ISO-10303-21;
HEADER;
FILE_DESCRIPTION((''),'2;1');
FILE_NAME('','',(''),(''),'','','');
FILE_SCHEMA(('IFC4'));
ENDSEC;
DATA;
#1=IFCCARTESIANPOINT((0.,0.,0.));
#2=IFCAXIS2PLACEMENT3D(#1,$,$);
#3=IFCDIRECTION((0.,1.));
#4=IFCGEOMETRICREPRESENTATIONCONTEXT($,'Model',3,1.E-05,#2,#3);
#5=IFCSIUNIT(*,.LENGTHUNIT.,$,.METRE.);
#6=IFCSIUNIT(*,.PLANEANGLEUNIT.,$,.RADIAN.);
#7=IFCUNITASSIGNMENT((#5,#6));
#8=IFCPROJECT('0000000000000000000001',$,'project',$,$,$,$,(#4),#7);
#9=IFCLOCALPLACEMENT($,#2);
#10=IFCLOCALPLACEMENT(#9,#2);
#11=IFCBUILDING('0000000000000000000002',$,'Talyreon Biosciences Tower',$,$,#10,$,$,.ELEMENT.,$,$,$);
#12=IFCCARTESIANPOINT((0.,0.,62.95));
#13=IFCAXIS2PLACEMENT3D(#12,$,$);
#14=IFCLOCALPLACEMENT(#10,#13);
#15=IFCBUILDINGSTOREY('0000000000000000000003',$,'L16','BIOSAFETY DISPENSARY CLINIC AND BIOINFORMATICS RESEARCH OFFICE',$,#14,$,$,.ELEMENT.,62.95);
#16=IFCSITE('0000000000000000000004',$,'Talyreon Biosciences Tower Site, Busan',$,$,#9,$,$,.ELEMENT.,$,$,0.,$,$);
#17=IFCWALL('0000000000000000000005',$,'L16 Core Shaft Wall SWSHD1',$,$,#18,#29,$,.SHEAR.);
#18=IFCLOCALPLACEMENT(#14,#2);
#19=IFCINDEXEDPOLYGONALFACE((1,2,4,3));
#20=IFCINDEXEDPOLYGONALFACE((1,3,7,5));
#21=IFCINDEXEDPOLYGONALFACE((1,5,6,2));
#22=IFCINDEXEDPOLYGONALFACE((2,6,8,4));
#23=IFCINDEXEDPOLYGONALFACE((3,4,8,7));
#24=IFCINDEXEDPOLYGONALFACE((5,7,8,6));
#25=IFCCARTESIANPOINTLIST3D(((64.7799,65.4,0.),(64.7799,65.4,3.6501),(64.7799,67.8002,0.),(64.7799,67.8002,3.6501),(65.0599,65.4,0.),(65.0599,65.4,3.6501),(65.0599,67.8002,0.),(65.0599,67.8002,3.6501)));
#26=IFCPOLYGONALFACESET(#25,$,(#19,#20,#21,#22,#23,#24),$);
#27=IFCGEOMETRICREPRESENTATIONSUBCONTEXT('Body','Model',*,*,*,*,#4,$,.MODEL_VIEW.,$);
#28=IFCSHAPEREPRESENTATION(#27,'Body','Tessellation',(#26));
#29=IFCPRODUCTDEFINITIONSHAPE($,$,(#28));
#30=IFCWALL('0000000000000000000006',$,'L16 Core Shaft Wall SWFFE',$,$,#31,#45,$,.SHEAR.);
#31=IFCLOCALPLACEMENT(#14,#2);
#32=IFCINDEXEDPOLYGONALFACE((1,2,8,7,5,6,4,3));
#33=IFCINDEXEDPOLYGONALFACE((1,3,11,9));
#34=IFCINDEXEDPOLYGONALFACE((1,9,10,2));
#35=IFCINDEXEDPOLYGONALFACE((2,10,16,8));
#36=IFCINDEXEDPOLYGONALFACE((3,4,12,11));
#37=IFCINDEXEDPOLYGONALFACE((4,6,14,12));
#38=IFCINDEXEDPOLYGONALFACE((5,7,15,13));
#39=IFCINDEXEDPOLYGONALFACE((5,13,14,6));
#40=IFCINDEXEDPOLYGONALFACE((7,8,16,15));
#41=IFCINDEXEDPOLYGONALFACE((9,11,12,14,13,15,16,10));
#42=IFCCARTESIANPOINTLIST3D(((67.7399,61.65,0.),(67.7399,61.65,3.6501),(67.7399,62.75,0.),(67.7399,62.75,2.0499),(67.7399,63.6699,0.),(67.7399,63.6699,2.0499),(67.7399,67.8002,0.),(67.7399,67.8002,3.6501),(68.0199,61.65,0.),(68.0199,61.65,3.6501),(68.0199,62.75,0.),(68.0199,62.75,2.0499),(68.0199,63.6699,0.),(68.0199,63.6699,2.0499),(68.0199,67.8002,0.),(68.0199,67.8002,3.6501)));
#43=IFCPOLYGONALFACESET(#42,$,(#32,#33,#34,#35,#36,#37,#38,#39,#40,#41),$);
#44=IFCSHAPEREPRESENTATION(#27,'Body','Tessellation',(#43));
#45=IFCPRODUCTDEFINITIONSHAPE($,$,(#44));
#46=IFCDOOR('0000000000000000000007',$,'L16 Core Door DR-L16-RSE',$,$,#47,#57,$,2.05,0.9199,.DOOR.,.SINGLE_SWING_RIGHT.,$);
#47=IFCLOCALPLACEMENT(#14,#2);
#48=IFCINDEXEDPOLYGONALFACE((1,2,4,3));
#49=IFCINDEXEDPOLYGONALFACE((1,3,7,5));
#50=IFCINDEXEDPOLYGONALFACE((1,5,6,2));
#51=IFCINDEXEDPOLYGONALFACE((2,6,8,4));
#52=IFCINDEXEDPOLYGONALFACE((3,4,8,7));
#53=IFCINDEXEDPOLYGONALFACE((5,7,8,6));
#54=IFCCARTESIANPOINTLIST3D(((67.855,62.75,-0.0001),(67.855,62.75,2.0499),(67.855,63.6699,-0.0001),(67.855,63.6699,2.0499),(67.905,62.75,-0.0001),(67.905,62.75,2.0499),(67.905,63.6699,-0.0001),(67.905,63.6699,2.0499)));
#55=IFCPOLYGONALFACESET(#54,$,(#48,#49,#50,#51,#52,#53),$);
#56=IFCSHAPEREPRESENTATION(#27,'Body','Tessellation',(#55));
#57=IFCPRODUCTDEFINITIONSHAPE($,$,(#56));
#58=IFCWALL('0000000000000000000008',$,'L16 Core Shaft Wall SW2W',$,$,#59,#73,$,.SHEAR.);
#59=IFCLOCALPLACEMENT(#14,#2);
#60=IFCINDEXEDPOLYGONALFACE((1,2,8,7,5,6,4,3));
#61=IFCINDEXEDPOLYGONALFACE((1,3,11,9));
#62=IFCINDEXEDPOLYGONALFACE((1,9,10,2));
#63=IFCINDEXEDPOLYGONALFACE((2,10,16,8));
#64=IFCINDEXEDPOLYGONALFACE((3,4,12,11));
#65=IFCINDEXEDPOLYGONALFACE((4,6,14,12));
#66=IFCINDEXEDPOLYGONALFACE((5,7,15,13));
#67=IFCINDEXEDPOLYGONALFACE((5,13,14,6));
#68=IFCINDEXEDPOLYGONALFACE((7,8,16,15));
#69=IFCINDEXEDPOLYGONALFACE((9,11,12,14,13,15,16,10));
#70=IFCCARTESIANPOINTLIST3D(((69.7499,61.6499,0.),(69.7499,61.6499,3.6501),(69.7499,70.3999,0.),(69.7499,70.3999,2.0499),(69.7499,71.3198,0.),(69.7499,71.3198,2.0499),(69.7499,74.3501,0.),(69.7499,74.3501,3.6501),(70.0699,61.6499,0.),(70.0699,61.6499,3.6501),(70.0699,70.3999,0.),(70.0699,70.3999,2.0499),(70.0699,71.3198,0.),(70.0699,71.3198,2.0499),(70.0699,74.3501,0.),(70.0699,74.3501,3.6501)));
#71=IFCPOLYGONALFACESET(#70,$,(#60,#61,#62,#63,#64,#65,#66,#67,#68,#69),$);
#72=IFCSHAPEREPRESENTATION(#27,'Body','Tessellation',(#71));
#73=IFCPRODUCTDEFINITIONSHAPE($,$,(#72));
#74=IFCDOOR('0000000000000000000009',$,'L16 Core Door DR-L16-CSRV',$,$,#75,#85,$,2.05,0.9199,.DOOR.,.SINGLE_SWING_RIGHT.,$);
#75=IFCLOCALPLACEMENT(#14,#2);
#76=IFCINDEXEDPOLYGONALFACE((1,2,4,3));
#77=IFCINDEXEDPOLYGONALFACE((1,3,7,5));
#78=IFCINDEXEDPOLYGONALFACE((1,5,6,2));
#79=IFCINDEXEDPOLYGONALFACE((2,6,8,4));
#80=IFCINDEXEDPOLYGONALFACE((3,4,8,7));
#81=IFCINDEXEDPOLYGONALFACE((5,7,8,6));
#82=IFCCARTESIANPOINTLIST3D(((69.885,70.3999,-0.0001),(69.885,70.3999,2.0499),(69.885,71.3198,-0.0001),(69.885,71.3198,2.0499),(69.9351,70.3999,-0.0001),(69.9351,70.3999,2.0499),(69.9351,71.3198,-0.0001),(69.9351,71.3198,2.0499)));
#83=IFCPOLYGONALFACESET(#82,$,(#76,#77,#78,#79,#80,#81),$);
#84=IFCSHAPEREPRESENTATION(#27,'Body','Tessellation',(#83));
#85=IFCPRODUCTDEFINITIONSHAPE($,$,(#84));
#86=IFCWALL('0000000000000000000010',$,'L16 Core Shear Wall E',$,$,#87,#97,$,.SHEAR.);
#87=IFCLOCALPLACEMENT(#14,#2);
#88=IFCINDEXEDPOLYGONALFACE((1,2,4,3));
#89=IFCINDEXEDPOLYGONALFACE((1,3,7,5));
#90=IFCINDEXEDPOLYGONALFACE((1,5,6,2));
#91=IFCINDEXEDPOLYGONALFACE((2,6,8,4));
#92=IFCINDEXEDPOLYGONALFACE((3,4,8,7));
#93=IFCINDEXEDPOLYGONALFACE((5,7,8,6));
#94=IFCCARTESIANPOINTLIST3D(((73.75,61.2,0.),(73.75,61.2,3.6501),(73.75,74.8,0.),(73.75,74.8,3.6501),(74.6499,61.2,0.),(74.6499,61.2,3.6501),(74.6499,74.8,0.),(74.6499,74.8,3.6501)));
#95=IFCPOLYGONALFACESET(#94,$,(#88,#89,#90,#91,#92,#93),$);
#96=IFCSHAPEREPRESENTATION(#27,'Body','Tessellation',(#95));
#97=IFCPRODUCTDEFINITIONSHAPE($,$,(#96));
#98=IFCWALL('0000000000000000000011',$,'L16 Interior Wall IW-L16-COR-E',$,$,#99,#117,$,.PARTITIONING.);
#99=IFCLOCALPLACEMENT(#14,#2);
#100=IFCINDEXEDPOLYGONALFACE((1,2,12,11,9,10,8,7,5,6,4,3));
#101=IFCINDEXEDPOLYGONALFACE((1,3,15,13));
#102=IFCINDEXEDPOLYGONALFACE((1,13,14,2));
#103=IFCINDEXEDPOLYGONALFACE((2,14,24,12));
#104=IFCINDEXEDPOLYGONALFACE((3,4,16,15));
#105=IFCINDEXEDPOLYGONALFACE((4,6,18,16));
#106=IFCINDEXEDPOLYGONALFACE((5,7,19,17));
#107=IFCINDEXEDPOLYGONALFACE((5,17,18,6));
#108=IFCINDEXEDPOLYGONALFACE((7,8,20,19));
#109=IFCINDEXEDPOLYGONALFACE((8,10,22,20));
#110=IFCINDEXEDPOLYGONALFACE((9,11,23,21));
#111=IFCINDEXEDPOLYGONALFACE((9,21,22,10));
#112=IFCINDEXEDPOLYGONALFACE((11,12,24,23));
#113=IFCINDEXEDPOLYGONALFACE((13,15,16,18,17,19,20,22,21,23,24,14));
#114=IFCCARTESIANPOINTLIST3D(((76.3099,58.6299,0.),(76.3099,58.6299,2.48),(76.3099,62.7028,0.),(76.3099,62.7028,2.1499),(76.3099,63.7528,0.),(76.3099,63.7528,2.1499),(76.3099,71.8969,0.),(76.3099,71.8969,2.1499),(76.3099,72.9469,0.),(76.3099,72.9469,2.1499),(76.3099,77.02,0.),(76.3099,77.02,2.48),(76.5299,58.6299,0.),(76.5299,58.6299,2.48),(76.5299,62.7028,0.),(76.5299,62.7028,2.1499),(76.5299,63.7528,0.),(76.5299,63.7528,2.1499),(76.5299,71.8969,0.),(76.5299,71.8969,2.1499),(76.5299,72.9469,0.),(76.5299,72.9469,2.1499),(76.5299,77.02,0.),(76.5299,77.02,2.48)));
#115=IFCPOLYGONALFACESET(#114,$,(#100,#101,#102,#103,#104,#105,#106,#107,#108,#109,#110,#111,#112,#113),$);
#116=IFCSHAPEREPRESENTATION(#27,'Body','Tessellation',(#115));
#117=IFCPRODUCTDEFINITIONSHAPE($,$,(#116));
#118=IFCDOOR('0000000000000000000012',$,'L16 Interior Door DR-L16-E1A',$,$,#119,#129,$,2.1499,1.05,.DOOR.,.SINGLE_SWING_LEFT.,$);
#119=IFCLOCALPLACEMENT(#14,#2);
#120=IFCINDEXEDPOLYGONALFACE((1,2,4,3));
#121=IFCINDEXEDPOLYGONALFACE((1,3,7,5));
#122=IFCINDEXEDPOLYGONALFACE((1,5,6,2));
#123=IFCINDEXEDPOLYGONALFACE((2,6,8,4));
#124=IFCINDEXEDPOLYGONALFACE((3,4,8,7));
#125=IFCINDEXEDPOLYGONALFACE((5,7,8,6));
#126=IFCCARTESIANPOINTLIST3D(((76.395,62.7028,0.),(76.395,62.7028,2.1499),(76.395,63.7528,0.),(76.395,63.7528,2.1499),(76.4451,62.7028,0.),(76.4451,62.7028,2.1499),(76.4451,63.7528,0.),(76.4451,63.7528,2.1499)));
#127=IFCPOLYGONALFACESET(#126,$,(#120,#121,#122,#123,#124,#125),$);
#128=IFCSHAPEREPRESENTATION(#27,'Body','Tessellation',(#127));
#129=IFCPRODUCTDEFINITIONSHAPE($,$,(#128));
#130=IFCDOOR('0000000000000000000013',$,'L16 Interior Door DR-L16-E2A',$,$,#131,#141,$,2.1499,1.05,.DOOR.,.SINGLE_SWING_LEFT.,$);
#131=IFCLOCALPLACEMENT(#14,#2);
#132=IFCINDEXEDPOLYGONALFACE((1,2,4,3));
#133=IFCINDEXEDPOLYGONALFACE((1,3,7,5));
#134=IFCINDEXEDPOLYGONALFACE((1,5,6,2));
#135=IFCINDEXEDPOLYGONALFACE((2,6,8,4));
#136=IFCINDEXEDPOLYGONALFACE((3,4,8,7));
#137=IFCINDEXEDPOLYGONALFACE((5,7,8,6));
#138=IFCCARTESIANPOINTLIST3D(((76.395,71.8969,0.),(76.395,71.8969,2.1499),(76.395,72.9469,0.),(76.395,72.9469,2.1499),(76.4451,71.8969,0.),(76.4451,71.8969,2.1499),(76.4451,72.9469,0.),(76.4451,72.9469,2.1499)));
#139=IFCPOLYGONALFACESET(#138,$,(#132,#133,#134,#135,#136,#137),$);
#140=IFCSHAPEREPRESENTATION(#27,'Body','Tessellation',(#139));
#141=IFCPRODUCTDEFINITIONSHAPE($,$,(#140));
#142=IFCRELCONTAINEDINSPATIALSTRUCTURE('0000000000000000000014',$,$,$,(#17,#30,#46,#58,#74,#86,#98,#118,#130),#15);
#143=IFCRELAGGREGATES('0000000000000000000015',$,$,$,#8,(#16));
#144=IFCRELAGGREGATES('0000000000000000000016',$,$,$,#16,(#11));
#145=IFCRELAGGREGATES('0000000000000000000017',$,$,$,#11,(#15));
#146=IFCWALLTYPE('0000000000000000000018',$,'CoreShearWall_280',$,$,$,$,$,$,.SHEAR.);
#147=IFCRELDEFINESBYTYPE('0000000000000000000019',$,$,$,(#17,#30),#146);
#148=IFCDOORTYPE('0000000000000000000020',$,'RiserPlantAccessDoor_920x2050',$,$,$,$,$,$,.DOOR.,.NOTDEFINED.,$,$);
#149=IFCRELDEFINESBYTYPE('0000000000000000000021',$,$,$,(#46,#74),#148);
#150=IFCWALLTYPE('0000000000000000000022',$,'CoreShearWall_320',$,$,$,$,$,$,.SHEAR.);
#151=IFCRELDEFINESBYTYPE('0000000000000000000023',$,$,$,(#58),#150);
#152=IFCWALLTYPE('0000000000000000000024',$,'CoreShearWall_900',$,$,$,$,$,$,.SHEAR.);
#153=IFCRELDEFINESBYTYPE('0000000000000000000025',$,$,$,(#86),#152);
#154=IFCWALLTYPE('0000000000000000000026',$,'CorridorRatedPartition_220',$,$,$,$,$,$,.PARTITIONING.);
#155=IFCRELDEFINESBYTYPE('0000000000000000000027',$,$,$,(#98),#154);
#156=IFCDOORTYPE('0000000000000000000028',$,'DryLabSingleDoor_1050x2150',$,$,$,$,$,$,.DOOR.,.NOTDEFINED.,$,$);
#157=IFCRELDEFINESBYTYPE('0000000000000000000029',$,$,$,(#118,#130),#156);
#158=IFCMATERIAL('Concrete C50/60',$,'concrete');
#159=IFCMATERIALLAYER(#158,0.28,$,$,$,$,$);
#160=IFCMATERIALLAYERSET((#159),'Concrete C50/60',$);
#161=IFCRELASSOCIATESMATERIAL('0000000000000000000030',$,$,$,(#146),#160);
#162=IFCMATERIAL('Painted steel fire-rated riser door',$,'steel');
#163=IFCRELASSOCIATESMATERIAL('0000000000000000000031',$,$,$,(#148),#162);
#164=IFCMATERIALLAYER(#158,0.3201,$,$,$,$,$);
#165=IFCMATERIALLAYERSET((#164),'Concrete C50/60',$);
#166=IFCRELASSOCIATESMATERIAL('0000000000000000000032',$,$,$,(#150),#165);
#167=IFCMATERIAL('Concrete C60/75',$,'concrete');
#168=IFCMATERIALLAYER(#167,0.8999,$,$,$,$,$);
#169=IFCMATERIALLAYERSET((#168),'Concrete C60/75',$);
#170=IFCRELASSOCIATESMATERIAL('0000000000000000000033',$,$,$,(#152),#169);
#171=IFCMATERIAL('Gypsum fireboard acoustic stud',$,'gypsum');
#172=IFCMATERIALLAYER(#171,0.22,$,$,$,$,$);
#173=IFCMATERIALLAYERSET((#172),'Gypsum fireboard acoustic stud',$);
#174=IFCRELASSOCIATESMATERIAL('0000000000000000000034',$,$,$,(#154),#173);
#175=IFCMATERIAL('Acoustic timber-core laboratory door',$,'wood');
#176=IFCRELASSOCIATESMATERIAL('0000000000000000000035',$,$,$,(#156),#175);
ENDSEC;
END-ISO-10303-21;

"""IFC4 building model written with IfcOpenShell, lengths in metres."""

from ifc_helpers import new_model, si_unit, direction, frame, frame_2d, origin, place, context, subcontext, project, spatial, rectangle, extrude, material, layer, layer_set, type_object, element, fill, save


model = new_model("IFC4")

# Units and contexts
model_context = context("Model", 3, precision=1e-05, world=origin(), true_north=direction((0.0, 1.0)))
body_context = subcontext(model_context, "Body", "Model", "MODEL_VIEW")
ifc_project = project(units=[si_unit("LENGTHUNIT", "METRE"), si_unit("PLANEANGLEUNIT", "RADIAN")], contexts=[model_context])

# Site, building, storey
site_placement = place(None, origin())
site = spatial("IfcSite", under=ifc_project, at=site_placement, Name="Talyreon Biosciences Tower Site, Busan", CompositionType="ELEMENT", RefElevation=0.0)
building_placement = place(site_placement, origin())
building = spatial("IfcBuilding", under=site, at=building_placement, Name="Talyreon Biosciences Tower", CompositionType="ELEMENT")
storey_placement = place(building_placement, frame((0.0, 0.0, 62.95)))
storey = spatial("IfcBuildingStorey", under=building, at=storey_placement, Name="L16", Description="BIOSAFETY DISPENSARY CLINIC AND BIOINFORMATICS RESEARCH OFFICE", CompositionType="ELEMENT", Elevation=62.95)

# Shared definitions
ifc_material_1 = material(Name="Concrete C60/75", Category="concrete")

# Wall
ifc_material_2 = material(Name="Concrete C50/60", Category="concrete")
ifc_layer_1 = layer(ifc_material_2, 0.28)
ifc_layer_set_1 = layer_set([ifc_layer_1], Name="Concrete C50/60")
wall_type_1 = type_object("IfcWallType", Name="CoreShearWall_280", PredefinedType="SHEAR", material=ifc_layer_set_1)
wall_1_placement = place(storey_placement, frame((64.9199, 65.3999, 0.0), z_axis=(0.0, 0.0, 1.0), x_axis=(0.0, 1.0, 0.0)))
element("IfcWall", 1, at=wall_1_placement, inside=storey, type_object=wall_type_1, Name="L16 Core Shaft Wall SWSHD1", PredefinedType="SHEAR", context=body_context, shape_type="SweptSolid", body=[
    extrude(rectangle(XDim=2.4001, YDim=0.28, at=frame_2d((1.2002, 0.0))), origin(), (0.0, 0.0, 1.0), 3.6501),
])

# Walls, openings, doors
wall_2_placement = place(storey_placement, frame((67.8799, 61.6499, 0.0), z_axis=(0.0, 0.0, 1.0), x_axis=(0.0, 1.0, 0.0)))
wall_2 = element("IfcWall", 2, at=wall_2_placement, inside=storey, type_object=wall_type_1, Name="L16 Core Shaft Wall SWFFE", PredefinedType="SHEAR", context=body_context, shape_type="SweptSolid", body=[
    extrude(rectangle(XDim=6.1501, YDim=0.28, at=frame_2d((3.0752, 0.0))), origin(), (0.0, 0.0, 1.0), 3.6501),
])
opening_1_placement = place(wall_2_placement, frame((1.1001, 0.0, 0.0)))
opening_1 = element("IfcOpeningElement", 3, at=opening_1_placement, cuts=wall_2, PredefinedType="OPENING", context=body_context, shape_type="SweptSolid", body=[
    extrude(rectangle(XDim=0.9199, YDim=2.05, at=frame_2d((0.46, 1.0249))), frame((0.0, 0.1499, 0.0), z_axis=(0.0, -1.0, 0.0), x_axis=(1.0, 0.0, 0.0)), (0.0, 0.0, 1.0), 0.3),
])
ifc_material_3 = material(Name="Painted steel fire-rated riser door", Category="steel")
door_type_1 = type_object("IfcDoorType", Name="RiserPlantAccessDoor_920x2050", OperationType="NOTDEFINED", PredefinedType="DOOR", material=ifc_material_3)
door_1_placement = place(opening_1_placement, origin())
door_1 = element("IfcDoor", 4, at=door_1_placement, inside=storey, type_object=door_type_1, Name="L16 Core Door DR-L16-RSE", OperationType="SINGLE_SWING_RIGHT", OverallHeight=2.05, OverallWidth=0.9199, PredefinedType="DOOR", context=body_context, shape_type="SweptSolid", body=[
    extrude(rectangle(XDim=0.9199, YDim=2.05, at=frame_2d((0.46, 1.0249))), frame((0.0, 0.0249, 0.0), z_axis=(0.0, -1.0, 0.0), x_axis=(1.0, 0.0, 0.0)), (0.0, 0.0, 1.0), 0.05),
])
fill(opening_1, door_1)
ifc_layer_2 = layer(ifc_material_2, 0.3201)
ifc_layer_set_2 = layer_set([ifc_layer_2], Name="Concrete C50/60")
wall_type_2 = type_object("IfcWallType", Name="CoreShearWall_320", PredefinedType="SHEAR", material=ifc_layer_set_2)
wall_3_placement = place(storey_placement, frame((69.9099, 61.6499, 0.0), z_axis=(0.0, 0.0, 1.0), x_axis=(0.0, 1.0, 0.0)))
wall_3 = element("IfcWall", 5, at=wall_3_placement, inside=storey, type_object=wall_type_2, Name="L16 Core Shaft Wall SW2W", PredefinedType="SHEAR", context=body_context, shape_type="SweptSolid", body=[
    extrude(rectangle(XDim=12.7002, YDim=0.3201, at=frame_2d((6.3501, 0.0))), origin(), (0.0, 0.0, 1.0), 3.6501),
])
opening_2_placement = place(wall_3_placement, frame((8.75, 0.0, 0.0)))
opening_2 = element("IfcOpeningElement", 6, at=opening_2_placement, cuts=wall_3, PredefinedType="OPENING", context=body_context, shape_type="SweptSolid", body=[
    extrude(rectangle(XDim=0.9199, YDim=2.05, at=frame_2d((0.46, 1.0249))), frame((0.0, 0.1699, 0.0), z_axis=(0.0, -1.0, 0.0), x_axis=(1.0, 0.0, 0.0)), (0.0, 0.0, 1.0), 0.3401),
])
door_2_placement = place(opening_2_placement, origin())
door_2 = element("IfcDoor", 7, at=door_2_placement, inside=storey, type_object=door_type_1, Name="L16 Core Door DR-L16-CSRV", OperationType="SINGLE_SWING_RIGHT", OverallHeight=2.05, OverallWidth=0.9199, PredefinedType="DOOR", context=body_context, shape_type="SweptSolid", body=[
    extrude(rectangle(XDim=0.9199, YDim=2.05, at=frame_2d((0.46, 1.0249))), frame((0.0, 0.0249, 0.0), z_axis=(0.0, -1.0, 0.0), x_axis=(1.0, 0.0, 0.0)), (0.0, 0.0, 1.0), 0.05),
])
fill(opening_2, door_2)

# Wall
ifc_layer_3 = layer(ifc_material_1, 0.8999)
ifc_layer_set_3 = layer_set([ifc_layer_3], Name="Concrete C60/75")
wall_type_3 = type_object("IfcWallType", Name="CoreShearWall_900", PredefinedType="SHEAR", material=ifc_layer_set_3)
wall_4_placement = place(storey_placement, frame((74.2, 61.2, 0.0), z_axis=(0.0, 0.0, 1.0), x_axis=(0.0, 1.0, 0.0)))
element("IfcWall", 8, at=wall_4_placement, inside=storey, type_object=wall_type_3, Name="L16 Core Shear Wall E", PredefinedType="SHEAR", context=body_context, shape_type="SweptSolid", body=[
    extrude(rectangle(XDim=13.6001, YDim=0.8999, at=frame_2d((6.8, 0.0))), origin(), (0.0, 0.0, 1.0), 3.6501),
])

# Wall, openings, doors
ifc_material_4 = material(Name="Gypsum fireboard acoustic stud", Category="gypsum")
ifc_layer_4 = layer(ifc_material_4, 0.22)
ifc_layer_set_4 = layer_set([ifc_layer_4], Name="Gypsum fireboard acoustic stud")
wall_type_4 = type_object("IfcWallType", Name="CorridorRatedPartition_220", PredefinedType="PARTITIONING", material=ifc_layer_set_4)
wall_5_placement = place(storey_placement, frame((76.4199, 58.6299, 0.0), z_axis=(0.0, 0.0, 1.0), x_axis=(0.0, 1.0, 0.0)))
wall_5 = element("IfcWall", 9, at=wall_5_placement, inside=storey, type_object=wall_type_4, Name="L16 Interior Wall IW-L16-COR-E", PredefinedType="PARTITIONING", context=body_context, shape_type="SweptSolid", body=[
    extrude(rectangle(XDim=18.3901, YDim=0.22, at=frame_2d((9.1951, 0.0))), origin(), (0.0, 0.0, 1.0), 2.48),
])
opening_3_placement = place(wall_5_placement, frame((4.073, 0.0, 0.0)))
opening_3 = element("IfcOpeningElement", 10, at=opening_3_placement, cuts=wall_5, PredefinedType="OPENING", context=body_context, shape_type="SweptSolid", body=[
    extrude(rectangle(XDim=1.05, YDim=2.1499, at=frame_2d((0.5249, 1.075))), frame((0.0, 0.1199, 0.0), z_axis=(0.0, -1.0, 0.0), x_axis=(1.0, 0.0, 0.0)), (0.0, 0.0, 1.0), 0.24),
])
opening_4_placement = place(wall_5_placement, frame((13.2671, 0.0, 0.0)))
opening_4 = element("IfcOpeningElement", 11, at=opening_4_placement, cuts=wall_5, PredefinedType="OPENING", context=body_context, shape_type="SweptSolid", body=[
    extrude(rectangle(XDim=1.05, YDim=2.1499, at=frame_2d((0.5249, 1.075))), frame((0.0, 0.1199, 0.0), z_axis=(0.0, -1.0, 0.0), x_axis=(1.0, 0.0, 0.0)), (0.0, 0.0, 1.0), 0.24),
])
ifc_material_5 = material(Name="Acoustic timber-core laboratory door", Category="wood")
door_type_2 = type_object("IfcDoorType", Name="DryLabSingleDoor_1050x2150", OperationType="NOTDEFINED", PredefinedType="DOOR", material=ifc_material_5)
door_3_placement = place(opening_3_placement, origin())
door_3 = element("IfcDoor", 12, at=door_3_placement, inside=storey, type_object=door_type_2, Name="L16 Interior Door DR-L16-E1A", OperationType="SINGLE_SWING_LEFT", OverallHeight=2.1499, OverallWidth=1.05, PredefinedType="DOOR", context=body_context, shape_type="SweptSolid", body=[
    extrude(rectangle(XDim=1.05, YDim=2.1499, at=frame_2d((0.5249, 1.075))), frame((0.0, 0.0249, 0.0), z_axis=(0.0, -1.0, 0.0), x_axis=(1.0, 0.0, 0.0)), (0.0, 0.0, 1.0), 0.05),
])
fill(opening_3, door_3)
door_4_placement = place(opening_4_placement, origin())
door_4 = element("IfcDoor", 13, at=door_4_placement, inside=storey, type_object=door_type_2, Name="L16 Interior Door DR-L16-E2A", OperationType="SINGLE_SWING_LEFT", OverallHeight=2.1499, OverallWidth=1.05, PredefinedType="DOOR", context=body_context, shape_type="SweptSolid", body=[
    extrude(rectangle(XDim=1.05, YDim=2.1499, at=frame_2d((0.5249, 1.075))), frame((0.0, 0.0249, 0.0), z_axis=(0.0, -1.0, 0.0), x_axis=(1.0, 0.0, 0.0)), (0.0, 0.0, 1.0), 0.05),
])
fill(opening_4, door_4)

save(model, "model.ifc")
